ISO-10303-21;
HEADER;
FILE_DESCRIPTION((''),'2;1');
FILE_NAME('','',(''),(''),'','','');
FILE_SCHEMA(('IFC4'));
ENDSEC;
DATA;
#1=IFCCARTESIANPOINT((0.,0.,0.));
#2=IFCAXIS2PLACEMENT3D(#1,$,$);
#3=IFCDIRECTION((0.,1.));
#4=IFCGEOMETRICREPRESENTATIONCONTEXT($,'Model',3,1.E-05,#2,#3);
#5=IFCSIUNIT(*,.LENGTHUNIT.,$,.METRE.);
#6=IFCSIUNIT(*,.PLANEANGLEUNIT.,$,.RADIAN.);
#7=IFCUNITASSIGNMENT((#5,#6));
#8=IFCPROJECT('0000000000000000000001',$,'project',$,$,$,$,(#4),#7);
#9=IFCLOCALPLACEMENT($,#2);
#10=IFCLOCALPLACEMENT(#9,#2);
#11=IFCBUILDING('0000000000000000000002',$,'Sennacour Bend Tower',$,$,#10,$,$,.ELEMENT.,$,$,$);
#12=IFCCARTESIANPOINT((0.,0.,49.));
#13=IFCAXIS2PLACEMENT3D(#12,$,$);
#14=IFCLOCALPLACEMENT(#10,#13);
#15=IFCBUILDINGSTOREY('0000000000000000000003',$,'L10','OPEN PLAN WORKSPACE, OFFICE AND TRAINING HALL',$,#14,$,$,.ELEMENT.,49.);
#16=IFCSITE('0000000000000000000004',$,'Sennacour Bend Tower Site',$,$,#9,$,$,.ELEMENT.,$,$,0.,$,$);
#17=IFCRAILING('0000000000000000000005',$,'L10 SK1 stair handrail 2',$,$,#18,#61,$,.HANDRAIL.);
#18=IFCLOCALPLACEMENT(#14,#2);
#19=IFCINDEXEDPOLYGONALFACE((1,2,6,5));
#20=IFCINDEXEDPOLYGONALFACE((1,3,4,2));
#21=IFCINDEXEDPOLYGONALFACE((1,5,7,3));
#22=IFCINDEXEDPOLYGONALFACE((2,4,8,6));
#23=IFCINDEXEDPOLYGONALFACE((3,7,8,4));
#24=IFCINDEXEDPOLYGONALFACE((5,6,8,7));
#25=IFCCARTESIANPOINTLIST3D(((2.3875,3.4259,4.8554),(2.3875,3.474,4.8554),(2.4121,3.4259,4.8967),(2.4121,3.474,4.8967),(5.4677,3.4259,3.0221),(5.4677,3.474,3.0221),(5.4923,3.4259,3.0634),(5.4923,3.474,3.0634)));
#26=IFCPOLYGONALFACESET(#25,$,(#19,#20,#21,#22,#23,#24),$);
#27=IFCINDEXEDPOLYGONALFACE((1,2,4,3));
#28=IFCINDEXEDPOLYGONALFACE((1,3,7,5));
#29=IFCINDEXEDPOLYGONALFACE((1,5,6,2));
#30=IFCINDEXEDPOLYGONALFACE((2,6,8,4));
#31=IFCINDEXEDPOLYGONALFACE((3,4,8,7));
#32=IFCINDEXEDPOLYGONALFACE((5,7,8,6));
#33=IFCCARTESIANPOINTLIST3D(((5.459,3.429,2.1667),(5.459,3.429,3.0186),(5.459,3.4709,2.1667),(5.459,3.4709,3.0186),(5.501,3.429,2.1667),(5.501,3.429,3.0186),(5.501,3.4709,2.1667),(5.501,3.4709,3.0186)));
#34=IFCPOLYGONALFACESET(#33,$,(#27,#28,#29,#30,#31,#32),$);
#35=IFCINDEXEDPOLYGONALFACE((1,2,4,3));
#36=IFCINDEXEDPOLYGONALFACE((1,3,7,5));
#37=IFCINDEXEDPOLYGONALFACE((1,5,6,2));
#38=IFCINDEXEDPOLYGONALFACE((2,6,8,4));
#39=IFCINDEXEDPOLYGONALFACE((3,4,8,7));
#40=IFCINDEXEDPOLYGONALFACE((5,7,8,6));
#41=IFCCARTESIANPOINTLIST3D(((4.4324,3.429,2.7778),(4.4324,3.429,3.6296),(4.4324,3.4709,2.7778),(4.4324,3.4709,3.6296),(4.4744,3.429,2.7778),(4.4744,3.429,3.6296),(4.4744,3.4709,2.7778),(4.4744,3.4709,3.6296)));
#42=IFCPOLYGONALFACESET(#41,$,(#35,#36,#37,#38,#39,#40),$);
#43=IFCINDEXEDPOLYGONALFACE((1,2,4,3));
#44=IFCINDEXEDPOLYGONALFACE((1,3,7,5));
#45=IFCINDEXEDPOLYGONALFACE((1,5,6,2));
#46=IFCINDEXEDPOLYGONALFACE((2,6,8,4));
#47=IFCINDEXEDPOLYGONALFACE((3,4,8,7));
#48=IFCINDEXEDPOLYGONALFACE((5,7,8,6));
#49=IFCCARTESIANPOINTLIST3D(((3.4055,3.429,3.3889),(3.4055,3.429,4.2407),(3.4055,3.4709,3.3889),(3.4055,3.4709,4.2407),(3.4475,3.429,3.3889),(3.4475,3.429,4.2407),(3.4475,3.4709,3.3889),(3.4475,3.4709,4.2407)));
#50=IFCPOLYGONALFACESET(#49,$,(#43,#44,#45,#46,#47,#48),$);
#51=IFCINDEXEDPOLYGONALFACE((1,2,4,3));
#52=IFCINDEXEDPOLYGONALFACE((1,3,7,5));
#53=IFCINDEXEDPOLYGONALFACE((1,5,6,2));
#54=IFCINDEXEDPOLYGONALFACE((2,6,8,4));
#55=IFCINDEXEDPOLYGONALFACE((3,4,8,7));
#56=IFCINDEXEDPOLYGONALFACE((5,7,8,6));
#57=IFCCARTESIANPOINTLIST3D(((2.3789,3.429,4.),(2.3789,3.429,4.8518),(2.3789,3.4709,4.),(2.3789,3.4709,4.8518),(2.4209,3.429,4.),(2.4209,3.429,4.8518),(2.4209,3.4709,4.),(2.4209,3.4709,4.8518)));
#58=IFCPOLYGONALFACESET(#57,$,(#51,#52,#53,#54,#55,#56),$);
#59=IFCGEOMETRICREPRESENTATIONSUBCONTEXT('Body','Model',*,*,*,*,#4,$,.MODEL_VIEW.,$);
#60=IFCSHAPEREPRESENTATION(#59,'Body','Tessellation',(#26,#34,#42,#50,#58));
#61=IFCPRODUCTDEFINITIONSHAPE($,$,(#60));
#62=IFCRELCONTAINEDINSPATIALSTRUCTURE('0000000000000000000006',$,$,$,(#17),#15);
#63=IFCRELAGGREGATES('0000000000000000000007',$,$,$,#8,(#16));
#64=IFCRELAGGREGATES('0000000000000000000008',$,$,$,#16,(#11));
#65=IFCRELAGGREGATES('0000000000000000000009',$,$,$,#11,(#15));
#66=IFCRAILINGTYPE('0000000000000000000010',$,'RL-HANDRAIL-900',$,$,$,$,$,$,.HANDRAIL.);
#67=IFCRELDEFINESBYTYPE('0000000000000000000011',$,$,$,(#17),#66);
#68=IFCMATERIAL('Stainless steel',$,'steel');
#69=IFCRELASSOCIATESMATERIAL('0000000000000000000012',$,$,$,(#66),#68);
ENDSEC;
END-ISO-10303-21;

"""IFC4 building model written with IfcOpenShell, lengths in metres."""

from ifc_helpers import new_model, si_unit, direction, frame, origin, origin_2d, place, context, subcontext, project, spatial, rectangle, extrude, material, type_object, element, save


model = new_model("IFC4")

# Units and contexts
model_context = context("Model", 3, precision=1e-05, world=origin(), true_north=direction((0.0, 1.0)))
body_context = subcontext(model_context, "Body", "Model", "MODEL_VIEW")
ifc_project = project(units=[si_unit("LENGTHUNIT", "METRE"), si_unit("PLANEANGLEUNIT", "RADIAN")], contexts=[model_context])

# Site, building, storey
site_placement = place(None, origin())
site = spatial("IfcSite", under=ifc_project, at=site_placement, Name="Sennacour Bend Tower Site", CompositionType="ELEMENT", RefElevation=0.0)
building_placement = place(site_placement, origin())
building = spatial("IfcBuilding", under=site, at=building_placement, Name="Sennacour Bend Tower", CompositionType="ELEMENT")
storey_placement = place(building_placement, frame((0.0, 0.0, 49.0)))
storey = spatial("IfcBuildingStorey", under=building, at=storey_placement, Name="L10", Description="OPEN PLAN WORKSPACE, OFFICE AND TRAINING HALL", CompositionType="ELEMENT", Elevation=49.0)

# Railing
ifc_material_1 = material(Name="Stainless steel", Category="steel")
railing_type_1 = type_object("IfcRailingType", Name="RL-HANDRAIL-900", PredefinedType="HANDRAIL", material=ifc_material_1)
railing_1_placement = place(storey_placement, frame((5.48, 3.45, 2.1667)))
element("IfcRailing", 1, at=railing_1_placement, inside=storey, type_object=railing_type_1, Name="L10 SK1 stair handrail 2", PredefinedType="HANDRAIL", context=body_context, shape_type="SweptSolid", body=[
    extrude(rectangle(XDim=0.0481, YDim=0.0481, at=origin_2d()), frame((0.0, 0.0, 0.876), z_axis=(-0.859309, 0.0, 0.511458), x_axis=(0.0, -1.0, 0.0)), (0.0, 0.0, 1.0), 3.5845),
    extrude(rectangle(XDim=0.042, YDim=0.042, at=origin_2d()), origin(), (0.0, 0.0, 1.0), 0.8518),
    extrude(rectangle(XDim=0.042, YDim=0.042, at=origin_2d()), frame((-1.0266, 0.0, 0.6111)), (0.0, 0.0, 1.0), 0.8518),
    extrude(rectangle(XDim=0.042, YDim=0.042, at=origin_2d()), frame((-2.0535, 0.0, 1.2222)), (0.0, 0.0, 1.0), 0.8518),
    extrude(rectangle(XDim=0.042, YDim=0.042, at=origin_2d()), frame((-3.0801, 0.0, 1.8333)), (0.0, 0.0, 1.0), 0.8518),
])

save(model, "model.ifc")
